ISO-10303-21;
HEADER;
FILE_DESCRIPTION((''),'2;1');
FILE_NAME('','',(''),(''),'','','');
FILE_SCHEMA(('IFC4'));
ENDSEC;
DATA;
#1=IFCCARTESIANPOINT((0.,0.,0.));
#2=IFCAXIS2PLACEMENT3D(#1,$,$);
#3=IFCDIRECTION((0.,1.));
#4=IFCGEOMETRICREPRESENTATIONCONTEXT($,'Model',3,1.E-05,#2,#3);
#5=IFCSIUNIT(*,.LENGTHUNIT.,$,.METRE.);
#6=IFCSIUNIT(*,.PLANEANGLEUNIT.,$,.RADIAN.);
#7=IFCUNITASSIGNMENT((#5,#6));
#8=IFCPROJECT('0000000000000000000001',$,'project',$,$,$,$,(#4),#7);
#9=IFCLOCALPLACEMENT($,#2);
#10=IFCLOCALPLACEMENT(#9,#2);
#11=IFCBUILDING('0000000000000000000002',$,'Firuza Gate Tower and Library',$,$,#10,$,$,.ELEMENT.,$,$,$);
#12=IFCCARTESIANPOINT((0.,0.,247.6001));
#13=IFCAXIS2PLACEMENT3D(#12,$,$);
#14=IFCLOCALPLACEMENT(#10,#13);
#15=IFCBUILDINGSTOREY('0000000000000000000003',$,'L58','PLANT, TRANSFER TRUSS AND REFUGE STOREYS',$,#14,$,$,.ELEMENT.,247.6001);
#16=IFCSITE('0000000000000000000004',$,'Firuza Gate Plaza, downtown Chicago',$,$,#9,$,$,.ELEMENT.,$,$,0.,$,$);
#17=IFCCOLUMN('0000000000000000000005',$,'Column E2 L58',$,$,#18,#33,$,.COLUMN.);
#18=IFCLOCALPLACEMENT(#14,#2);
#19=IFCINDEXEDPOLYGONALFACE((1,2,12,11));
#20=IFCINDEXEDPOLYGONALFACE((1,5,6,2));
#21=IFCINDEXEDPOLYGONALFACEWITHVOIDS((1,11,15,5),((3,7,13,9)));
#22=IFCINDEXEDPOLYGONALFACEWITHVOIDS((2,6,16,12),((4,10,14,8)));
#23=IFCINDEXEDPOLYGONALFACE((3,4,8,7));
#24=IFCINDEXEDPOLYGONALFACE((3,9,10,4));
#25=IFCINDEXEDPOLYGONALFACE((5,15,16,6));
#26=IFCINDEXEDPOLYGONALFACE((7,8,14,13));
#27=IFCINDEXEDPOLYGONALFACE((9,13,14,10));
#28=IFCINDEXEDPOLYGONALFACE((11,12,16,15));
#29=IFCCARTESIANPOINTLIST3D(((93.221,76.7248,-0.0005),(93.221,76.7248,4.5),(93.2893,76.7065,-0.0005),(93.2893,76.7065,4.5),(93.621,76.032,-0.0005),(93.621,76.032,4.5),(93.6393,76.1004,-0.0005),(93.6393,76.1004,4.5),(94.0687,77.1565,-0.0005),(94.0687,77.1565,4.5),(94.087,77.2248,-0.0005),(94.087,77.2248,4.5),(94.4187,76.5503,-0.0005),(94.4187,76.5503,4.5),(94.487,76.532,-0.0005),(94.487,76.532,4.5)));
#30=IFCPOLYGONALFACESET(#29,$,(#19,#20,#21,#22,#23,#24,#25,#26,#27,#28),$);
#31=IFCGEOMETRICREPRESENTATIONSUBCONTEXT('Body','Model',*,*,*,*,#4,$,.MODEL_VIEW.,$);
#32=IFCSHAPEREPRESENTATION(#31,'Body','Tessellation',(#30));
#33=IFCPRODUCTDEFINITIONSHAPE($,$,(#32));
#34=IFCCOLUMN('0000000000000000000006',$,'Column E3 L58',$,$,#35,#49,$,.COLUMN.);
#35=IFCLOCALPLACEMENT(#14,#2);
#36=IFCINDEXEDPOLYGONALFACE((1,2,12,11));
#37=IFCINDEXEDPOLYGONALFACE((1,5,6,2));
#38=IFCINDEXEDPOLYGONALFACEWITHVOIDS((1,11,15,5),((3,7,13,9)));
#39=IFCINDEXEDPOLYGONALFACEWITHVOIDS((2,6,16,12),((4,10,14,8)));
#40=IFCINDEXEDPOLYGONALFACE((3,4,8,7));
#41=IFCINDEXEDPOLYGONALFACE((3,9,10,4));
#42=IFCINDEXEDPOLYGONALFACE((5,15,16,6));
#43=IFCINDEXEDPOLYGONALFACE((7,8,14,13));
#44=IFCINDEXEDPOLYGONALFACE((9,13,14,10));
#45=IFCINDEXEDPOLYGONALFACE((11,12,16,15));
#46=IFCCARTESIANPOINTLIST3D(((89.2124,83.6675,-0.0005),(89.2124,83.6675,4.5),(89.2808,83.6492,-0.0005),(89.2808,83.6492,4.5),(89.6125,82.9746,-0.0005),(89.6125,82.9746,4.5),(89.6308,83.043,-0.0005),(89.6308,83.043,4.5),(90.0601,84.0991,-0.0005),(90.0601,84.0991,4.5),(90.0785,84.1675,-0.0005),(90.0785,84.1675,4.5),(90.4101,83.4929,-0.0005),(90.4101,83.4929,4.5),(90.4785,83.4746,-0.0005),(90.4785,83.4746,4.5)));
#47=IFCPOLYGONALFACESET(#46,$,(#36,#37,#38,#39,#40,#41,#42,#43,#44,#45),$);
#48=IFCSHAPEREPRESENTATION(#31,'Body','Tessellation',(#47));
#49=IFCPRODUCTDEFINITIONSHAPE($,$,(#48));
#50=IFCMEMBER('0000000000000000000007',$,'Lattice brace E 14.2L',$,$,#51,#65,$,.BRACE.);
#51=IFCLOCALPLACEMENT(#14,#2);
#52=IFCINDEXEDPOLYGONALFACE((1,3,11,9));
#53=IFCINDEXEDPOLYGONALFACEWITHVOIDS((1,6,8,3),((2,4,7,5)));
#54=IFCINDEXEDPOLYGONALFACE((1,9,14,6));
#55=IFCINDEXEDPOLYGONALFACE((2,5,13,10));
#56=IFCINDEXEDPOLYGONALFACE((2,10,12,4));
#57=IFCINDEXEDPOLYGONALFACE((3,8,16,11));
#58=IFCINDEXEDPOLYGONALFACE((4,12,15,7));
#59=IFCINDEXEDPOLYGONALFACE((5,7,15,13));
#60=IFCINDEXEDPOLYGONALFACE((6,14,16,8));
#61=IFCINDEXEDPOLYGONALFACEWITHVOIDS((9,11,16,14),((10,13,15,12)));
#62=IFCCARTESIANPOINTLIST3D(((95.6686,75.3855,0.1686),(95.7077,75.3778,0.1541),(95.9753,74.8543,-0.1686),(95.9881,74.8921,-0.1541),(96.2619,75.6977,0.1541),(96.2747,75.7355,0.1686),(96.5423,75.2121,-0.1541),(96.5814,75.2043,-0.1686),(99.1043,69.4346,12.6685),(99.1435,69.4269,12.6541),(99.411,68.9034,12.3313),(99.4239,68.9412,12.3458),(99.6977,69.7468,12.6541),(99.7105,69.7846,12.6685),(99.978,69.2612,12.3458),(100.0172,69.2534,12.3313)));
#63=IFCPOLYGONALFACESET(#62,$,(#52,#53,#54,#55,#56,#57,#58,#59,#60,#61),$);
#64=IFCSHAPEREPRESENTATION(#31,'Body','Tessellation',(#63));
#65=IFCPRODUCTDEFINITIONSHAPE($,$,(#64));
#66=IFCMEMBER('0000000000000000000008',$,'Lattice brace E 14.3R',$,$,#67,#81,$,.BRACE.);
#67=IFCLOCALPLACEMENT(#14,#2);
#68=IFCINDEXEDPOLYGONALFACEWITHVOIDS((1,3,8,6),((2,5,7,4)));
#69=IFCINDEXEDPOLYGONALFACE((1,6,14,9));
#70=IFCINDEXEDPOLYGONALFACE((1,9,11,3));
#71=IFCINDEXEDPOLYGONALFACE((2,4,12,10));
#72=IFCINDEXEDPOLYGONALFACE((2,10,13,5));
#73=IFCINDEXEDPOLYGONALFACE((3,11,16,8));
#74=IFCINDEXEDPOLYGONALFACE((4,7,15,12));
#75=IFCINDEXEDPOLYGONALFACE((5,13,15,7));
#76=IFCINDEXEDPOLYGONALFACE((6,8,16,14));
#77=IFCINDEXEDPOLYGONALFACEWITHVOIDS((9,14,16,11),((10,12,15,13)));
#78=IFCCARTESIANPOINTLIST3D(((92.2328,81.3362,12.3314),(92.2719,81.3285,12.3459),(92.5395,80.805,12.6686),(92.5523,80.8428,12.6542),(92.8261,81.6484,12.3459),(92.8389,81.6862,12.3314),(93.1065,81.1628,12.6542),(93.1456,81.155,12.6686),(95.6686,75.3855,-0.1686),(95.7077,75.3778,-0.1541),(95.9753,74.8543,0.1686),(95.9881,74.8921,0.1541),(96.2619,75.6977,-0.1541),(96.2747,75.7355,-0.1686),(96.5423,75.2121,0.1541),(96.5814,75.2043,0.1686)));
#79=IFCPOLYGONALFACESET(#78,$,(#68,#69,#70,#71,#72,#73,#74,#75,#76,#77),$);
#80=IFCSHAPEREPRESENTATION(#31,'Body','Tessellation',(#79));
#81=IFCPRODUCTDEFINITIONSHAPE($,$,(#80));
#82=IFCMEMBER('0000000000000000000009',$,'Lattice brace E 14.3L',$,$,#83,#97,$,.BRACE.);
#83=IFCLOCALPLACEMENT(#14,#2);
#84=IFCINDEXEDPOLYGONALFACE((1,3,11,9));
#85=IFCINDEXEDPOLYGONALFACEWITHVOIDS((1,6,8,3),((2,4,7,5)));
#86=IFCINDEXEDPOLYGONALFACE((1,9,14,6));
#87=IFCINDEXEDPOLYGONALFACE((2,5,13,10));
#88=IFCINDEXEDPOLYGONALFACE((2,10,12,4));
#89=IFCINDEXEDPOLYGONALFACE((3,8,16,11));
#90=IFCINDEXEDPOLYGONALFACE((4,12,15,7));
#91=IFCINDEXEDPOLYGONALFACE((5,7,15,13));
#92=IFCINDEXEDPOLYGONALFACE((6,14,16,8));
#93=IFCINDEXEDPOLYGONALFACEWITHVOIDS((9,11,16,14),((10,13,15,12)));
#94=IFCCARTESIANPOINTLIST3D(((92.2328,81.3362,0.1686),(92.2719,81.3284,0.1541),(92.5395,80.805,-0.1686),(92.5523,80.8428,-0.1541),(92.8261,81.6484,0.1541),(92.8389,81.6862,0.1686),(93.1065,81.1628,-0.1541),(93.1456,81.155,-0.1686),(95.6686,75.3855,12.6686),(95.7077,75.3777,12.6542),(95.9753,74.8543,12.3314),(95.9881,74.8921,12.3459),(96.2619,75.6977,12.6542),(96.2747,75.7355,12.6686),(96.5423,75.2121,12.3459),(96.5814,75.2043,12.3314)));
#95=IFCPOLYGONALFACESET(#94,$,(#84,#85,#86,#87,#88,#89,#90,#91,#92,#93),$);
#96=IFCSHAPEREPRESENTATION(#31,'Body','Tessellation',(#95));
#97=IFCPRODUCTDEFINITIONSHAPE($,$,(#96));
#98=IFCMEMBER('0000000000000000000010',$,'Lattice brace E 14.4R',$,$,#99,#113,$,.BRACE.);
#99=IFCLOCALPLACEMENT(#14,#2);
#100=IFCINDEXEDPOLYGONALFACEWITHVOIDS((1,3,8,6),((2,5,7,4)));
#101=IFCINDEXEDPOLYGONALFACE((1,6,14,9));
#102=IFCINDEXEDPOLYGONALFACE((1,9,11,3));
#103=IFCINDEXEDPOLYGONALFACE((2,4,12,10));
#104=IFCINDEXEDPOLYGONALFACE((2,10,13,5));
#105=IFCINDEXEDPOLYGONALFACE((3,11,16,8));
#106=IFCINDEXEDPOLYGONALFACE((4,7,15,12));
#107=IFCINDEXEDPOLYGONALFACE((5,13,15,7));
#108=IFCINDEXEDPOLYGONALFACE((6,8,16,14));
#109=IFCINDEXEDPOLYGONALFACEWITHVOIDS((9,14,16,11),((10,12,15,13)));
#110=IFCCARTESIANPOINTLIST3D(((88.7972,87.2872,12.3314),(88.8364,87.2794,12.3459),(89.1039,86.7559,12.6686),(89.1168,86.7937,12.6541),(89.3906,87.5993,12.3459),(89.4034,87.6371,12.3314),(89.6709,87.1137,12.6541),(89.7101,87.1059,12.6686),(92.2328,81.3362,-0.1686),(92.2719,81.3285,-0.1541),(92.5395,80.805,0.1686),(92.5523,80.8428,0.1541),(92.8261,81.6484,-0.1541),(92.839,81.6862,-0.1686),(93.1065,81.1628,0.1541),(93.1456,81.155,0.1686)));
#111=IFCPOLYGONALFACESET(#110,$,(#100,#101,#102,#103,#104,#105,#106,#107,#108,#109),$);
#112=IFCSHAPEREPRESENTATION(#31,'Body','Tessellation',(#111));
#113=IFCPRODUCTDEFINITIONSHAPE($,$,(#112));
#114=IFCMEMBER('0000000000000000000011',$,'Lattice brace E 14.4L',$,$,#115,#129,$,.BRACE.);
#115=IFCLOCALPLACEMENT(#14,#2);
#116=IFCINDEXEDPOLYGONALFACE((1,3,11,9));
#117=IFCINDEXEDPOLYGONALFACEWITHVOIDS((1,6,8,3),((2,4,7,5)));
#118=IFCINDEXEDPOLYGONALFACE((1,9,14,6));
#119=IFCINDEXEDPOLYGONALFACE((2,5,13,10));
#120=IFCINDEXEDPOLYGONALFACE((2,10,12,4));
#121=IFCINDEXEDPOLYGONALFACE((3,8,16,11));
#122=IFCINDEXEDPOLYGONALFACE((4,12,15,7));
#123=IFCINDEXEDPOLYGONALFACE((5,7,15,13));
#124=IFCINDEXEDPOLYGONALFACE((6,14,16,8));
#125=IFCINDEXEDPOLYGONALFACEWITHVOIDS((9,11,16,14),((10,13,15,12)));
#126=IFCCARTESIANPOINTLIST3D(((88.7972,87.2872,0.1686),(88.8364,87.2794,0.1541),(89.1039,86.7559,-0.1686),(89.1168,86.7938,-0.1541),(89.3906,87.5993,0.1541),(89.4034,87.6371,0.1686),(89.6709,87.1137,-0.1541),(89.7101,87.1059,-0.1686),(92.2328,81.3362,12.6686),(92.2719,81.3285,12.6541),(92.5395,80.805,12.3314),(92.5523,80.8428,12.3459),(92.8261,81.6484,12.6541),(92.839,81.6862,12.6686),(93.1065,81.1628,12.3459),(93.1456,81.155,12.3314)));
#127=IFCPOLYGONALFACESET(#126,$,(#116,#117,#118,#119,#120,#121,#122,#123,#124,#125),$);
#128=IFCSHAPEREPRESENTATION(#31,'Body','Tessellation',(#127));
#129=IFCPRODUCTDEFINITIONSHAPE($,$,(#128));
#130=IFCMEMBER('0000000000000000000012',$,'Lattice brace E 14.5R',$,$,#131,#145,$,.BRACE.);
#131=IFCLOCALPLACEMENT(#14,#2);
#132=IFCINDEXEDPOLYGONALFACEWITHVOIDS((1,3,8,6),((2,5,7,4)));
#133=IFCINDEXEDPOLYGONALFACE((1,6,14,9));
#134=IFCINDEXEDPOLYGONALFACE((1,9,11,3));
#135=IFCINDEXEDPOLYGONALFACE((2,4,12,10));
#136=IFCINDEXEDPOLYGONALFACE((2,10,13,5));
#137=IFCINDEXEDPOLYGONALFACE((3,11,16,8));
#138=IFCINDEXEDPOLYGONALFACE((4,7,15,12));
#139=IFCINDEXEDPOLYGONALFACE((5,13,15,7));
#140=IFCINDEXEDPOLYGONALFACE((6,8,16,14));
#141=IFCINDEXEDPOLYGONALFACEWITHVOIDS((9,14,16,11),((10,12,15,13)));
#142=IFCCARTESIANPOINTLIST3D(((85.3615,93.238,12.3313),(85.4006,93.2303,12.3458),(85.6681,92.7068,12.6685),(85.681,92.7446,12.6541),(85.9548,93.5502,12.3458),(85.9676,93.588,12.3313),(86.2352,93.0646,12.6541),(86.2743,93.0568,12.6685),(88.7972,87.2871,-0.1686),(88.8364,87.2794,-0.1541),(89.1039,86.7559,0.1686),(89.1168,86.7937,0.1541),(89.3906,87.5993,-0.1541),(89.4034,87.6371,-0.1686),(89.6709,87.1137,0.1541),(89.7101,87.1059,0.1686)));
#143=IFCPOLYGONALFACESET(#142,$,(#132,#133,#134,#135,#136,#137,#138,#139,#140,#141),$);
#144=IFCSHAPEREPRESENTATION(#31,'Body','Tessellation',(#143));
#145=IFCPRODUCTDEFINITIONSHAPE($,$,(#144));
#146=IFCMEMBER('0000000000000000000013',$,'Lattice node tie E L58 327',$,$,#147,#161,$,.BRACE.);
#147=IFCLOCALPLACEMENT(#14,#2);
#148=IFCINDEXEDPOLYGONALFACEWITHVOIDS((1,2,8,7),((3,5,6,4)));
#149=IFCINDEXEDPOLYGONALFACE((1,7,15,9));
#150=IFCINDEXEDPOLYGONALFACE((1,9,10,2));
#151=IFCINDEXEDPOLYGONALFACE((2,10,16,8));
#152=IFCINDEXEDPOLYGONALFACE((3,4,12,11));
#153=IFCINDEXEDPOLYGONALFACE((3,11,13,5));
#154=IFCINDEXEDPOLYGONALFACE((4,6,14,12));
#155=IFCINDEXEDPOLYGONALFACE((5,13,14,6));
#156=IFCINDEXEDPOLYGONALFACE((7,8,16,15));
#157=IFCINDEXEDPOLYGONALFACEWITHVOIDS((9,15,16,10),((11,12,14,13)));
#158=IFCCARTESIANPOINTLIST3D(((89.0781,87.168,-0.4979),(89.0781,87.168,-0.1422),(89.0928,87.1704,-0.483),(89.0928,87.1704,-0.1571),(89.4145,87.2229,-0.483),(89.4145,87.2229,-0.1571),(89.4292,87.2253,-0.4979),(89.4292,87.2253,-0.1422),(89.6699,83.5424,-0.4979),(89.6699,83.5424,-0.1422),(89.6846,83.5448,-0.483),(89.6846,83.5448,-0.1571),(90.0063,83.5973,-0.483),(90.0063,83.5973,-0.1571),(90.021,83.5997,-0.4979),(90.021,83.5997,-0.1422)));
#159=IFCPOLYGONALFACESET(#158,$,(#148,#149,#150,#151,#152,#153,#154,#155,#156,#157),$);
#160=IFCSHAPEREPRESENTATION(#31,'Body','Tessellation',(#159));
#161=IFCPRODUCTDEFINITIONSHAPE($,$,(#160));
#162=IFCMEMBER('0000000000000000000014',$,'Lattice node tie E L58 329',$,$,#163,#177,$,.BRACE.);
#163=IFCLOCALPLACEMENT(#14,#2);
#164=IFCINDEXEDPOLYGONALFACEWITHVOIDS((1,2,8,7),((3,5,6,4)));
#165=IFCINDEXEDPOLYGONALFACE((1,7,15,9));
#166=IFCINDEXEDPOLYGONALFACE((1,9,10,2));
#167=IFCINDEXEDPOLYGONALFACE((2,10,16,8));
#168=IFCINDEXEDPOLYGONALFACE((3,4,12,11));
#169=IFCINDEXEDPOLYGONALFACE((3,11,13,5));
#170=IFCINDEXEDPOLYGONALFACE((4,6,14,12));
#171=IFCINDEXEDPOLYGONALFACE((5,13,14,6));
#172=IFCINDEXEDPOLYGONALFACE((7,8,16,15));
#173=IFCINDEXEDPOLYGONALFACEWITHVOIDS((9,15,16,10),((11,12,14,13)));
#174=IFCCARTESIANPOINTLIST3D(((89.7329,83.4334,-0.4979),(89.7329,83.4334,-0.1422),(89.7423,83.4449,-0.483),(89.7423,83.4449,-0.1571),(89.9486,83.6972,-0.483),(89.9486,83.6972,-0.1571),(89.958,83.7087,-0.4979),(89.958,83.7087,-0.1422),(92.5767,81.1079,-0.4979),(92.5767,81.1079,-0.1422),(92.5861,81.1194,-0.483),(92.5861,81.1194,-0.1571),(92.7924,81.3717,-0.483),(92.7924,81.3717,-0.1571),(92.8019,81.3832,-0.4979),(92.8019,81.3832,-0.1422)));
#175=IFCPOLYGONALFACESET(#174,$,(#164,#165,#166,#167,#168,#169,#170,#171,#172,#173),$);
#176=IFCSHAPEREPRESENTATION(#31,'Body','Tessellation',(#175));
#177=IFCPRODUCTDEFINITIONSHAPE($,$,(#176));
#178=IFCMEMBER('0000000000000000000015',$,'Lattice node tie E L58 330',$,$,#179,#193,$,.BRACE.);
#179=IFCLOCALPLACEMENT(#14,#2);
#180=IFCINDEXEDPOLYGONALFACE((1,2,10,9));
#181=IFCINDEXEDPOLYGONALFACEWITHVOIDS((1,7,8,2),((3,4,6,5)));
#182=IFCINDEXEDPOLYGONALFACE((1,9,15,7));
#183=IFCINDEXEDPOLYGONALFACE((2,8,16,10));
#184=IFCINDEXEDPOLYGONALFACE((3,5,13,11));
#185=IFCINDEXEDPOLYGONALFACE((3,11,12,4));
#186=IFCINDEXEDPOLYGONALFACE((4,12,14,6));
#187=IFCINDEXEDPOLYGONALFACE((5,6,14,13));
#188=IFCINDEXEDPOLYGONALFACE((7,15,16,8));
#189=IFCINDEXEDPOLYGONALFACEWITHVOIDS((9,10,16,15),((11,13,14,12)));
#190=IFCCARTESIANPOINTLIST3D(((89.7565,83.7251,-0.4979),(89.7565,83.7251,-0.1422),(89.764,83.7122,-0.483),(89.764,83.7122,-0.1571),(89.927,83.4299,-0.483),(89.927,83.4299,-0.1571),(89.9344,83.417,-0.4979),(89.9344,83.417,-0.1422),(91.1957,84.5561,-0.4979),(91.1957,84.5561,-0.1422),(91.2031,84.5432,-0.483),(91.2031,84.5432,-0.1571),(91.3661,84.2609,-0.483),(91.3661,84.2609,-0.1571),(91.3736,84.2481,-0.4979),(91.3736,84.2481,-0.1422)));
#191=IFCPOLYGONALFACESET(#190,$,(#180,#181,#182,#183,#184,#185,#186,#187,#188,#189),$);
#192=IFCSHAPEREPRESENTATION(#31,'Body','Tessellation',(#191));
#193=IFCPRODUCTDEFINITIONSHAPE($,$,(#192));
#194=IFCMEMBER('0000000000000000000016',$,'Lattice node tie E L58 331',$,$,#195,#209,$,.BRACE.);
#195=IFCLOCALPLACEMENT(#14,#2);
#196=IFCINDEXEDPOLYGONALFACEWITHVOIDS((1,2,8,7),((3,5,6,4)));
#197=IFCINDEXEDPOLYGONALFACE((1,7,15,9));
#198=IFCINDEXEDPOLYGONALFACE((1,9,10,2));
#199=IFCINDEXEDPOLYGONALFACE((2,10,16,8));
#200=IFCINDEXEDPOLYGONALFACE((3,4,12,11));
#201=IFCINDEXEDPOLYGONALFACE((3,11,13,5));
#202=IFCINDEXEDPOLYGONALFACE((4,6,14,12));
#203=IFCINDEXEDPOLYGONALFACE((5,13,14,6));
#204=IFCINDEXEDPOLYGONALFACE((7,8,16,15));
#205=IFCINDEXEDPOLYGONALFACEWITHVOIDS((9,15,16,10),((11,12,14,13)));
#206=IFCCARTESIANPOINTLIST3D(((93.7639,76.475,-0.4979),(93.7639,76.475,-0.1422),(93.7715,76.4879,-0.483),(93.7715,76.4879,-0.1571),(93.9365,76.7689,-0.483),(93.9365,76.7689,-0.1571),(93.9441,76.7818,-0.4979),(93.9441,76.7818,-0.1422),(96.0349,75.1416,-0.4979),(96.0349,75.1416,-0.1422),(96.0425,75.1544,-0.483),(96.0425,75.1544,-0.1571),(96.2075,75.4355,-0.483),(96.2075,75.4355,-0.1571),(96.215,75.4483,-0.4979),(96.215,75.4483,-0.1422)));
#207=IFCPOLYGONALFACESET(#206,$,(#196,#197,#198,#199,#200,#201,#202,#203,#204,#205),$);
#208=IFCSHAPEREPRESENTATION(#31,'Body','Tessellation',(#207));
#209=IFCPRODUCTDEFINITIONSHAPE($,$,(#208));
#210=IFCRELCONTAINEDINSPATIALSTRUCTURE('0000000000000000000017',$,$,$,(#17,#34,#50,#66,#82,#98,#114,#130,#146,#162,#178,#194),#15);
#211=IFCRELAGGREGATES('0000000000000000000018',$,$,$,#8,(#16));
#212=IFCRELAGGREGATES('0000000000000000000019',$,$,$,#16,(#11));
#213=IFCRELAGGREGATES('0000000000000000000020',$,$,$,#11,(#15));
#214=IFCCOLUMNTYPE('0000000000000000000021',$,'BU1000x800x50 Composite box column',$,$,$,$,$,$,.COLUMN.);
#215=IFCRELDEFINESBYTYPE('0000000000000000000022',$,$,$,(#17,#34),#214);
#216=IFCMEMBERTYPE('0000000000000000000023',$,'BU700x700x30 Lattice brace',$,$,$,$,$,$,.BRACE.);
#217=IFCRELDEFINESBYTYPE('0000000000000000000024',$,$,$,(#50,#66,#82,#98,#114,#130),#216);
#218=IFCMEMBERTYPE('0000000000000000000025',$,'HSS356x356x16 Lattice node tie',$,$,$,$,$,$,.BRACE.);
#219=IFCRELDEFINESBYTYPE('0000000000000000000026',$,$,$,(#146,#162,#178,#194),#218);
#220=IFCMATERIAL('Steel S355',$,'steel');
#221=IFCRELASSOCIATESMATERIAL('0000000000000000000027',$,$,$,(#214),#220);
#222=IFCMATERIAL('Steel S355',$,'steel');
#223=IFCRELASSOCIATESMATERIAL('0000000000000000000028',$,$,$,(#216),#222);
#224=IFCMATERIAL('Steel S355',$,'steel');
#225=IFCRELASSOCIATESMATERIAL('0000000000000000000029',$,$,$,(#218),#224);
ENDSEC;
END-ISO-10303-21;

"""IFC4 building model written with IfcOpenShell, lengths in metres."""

from ifc_helpers import new_model, si_unit, direction, frame, origin, origin_2d, place, context, subcontext, project, spatial, hollow_rectangle, extrude, material, material_profile, profile_set, type_object, element, save


model = new_model("IFC4")

# Units and contexts
model_context = context("Model", 3, precision=1e-05, world=origin(), true_north=direction((0.0, 1.0)))
body_context = subcontext(model_context, "Body", "Model", "MODEL_VIEW")
ifc_project = project(units=[si_unit("LENGTHUNIT", "METRE"), si_unit("PLANEANGLEUNIT", "RADIAN")], contexts=[model_context])

# Site, building, storey
site_placement = place(None, origin())
site = spatial("IfcSite", under=ifc_project, at=site_placement, Name="Firuza Gate Plaza, downtown Chicago", CompositionType="ELEMENT", RefElevation=0.0)
building_placement = place(site_placement, origin())
building = spatial("IfcBuilding", under=site, at=building_placement, Name="Firuza Gate Tower and Library", CompositionType="ELEMENT")
storey_placement = place(building_placement, frame((0.0, 0.0, 247.6001)))
storey = spatial("IfcBuildingStorey", under=building, at=storey_placement, Name="L58", Description="PLANT, TRANSFER TRUSS AND REFUGE STOREYS", CompositionType="ELEMENT", Elevation=247.6001)

# Columns
ifc_material_1 = material(Name="Steel S355", Category="steel")
ifc_material_profile_1 = material_profile(ifc_material_1, hollow_rectangle(XDim=0.8, YDim=1.0, WallThickness=0.05, at=origin_2d()))
ifc_profile_set_1 = profile_set([ifc_material_profile_1], Name="Steel S355")
column_type = type_object("IfcColumnType", Name="BU1000x800x50 Composite box column", PredefinedType="COLUMN", material=ifc_profile_set_1)
for number, where, z_axis, x_axis, name in (
    (1, (93.854, 76.6284, -0.0005), (0.0, 0.0, 1.0), (-0.5, 0.866025, 0.0), "Column E2 L58"),
    (2, (89.8455, 83.571, -0.0005), (0.0, 0.0, 1.0), (-0.5, 0.866025, 0.0), "Column E3 L58"),
):
    element("IfcColumn", number, at=place(storey_placement, frame(where, z_axis=z_axis, x_axis=x_axis)), inside=storey, type_object=column_type, Name=name, PredefinedType="COLUMN", context=body_context, shape_type="SweptSolid", body=[
        extrude(hollow_rectangle(XDim=0.8, YDim=1.0, WallThickness=0.05, at=origin_2d()), origin(), (0.0, 0.0, 1.0), 4.5005),
    ])

# Members
ifc_material_2 = material(Name="Steel S355", Category="steel")
ifc_material_profile_2 = material_profile(ifc_material_2, hollow_rectangle(XDim=0.7, YDim=0.7, WallThickness=0.03, at=origin_2d()))
ifc_profile_set_2 = profile_set([ifc_material_profile_2], Name="Steel S355")
member_type_1 = type_object("IfcMemberType", Name="BU700x700x30 Lattice brace", PredefinedType="BRACE", material=ifc_profile_set_2)
for number, where, z_axis, x_axis, name in (
    (3, (96.125, 75.2949, 0.0), (0.240868, -0.417192, 0.876318), (0.866024, 0.500002, 0.0), "Lattice brace E 14.2L"),
    (4, (96.125, 75.2949, 0.0), (-0.240869, 0.417178, 0.876324), (-0.866015, -0.500018, 0.0), "Lattice brace E 14.3R"),
    (5, (92.6892, 81.2456, 0.0), (0.240869, -0.417178, 0.876324), (0.866015, 0.500018, 0.0), "Lattice brace E 14.3L"),
    (6, (92.6892, 81.2456, 0.0), (-0.240852, 0.417194, 0.876322), (-0.866039, -0.499976, 0.0), "Lattice brace E 14.4R"),
    (7, (89.2537, 87.1965, 0.0), (0.240852, -0.417194, 0.876322), (0.866039, 0.499976, 0.0), "Lattice brace E 14.4L"),
    (8, (89.2537, 87.1965, 0.0), (-0.240868, 0.417192, 0.876318), (-0.866024, -0.500002, 0.0), "Lattice brace E 14.5R"),
):
    element("IfcMember", number, at=place(storey_placement, frame(where, z_axis=z_axis, x_axis=x_axis)), inside=storey, type_object=member_type_1, Name=name, PredefinedType="BRACE", context=body_context, shape_type="SweptSolid", body=[
        extrude(hollow_rectangle(XDim=0.7, YDim=0.7, WallThickness=0.03, at=origin_2d()), origin(), (0.0, 0.0, 1.0), 14.2642),
    ])
ifc_material_3 = material(Name="Steel S355", Category="steel")
ifc_material_profile_3 = material_profile(ifc_material_3, hollow_rectangle(XDim=0.3557, YDim=0.3557, WallThickness=0.0149, at=origin_2d()))
ifc_profile_set_3 = profile_set([ifc_material_profile_3], Name="Steel S355")
member_type_2 = type_object("IfcMemberType", Name="HSS356x356x16 Lattice node tie", PredefinedType="BRACE", material=ifc_profile_set_3)
for number, where, z_axis, x_axis, name in (
    (9, (89.8455, 83.571, -0.3201), (-0.1611, 0.986938, 0.0), (-0.986938, -0.1611, 0.0), "Lattice node tie E L58 327"),
    (10, (89.8455, 83.571, -0.3201), (0.774126, -0.633031, 0.0), (0.633031, 0.774126, 0.0), "Lattice node tie E L58 329"),
):
    element("IfcMember", number, at=place(storey_placement, frame(where, z_axis=z_axis, x_axis=x_axis)), inside=storey, type_object=member_type_2, Name=name, PredefinedType="BRACE", context=body_context, shape_type="SweptSolid", body=[
        extrude(hollow_rectangle(XDim=0.3557, YDim=0.3557, WallThickness=0.0149, at=origin_2d()), origin(), (0.0, 0.0, 1.0), 3.6736),
    ])
member_1_placement = place(storey_placement, frame((89.8455, 83.571, -0.3201), z_axis=(0.865992, 0.500057, 0.0), x_axis=(-0.500057, 0.865992, 0.0)))
element("IfcMember", 11, at=member_1_placement, inside=storey, type_object=member_type_2, Name="Lattice node tie E L58 330", PredefinedType="BRACE", context=body_context, shape_type="SweptSolid", body=[
    extrude(hollow_rectangle(XDim=0.3557, YDim=0.3557, WallThickness=0.0149, at=origin_2d()), origin(), (0.0, 0.0, 1.0), 1.6619),
])
member_2_placement = place(storey_placement, frame((93.854, 76.6284, -0.3201), z_axis=(0.86233, -0.506347, 0.0), x_axis=(0.506347, 0.86233, 0.0)))
element("IfcMember", 12, at=member_2_placement, inside=storey, type_object=member_type_2, Name="Lattice node tie E L58 331", PredefinedType="BRACE", context=body_context, shape_type="SweptSolid", body=[
    extrude(hollow_rectangle(XDim=0.3557, YDim=0.3557, WallThickness=0.0149, at=origin_2d()), origin(), (0.0, 0.0, 1.0), 2.6335),
])

save(model, "model.ifc")
